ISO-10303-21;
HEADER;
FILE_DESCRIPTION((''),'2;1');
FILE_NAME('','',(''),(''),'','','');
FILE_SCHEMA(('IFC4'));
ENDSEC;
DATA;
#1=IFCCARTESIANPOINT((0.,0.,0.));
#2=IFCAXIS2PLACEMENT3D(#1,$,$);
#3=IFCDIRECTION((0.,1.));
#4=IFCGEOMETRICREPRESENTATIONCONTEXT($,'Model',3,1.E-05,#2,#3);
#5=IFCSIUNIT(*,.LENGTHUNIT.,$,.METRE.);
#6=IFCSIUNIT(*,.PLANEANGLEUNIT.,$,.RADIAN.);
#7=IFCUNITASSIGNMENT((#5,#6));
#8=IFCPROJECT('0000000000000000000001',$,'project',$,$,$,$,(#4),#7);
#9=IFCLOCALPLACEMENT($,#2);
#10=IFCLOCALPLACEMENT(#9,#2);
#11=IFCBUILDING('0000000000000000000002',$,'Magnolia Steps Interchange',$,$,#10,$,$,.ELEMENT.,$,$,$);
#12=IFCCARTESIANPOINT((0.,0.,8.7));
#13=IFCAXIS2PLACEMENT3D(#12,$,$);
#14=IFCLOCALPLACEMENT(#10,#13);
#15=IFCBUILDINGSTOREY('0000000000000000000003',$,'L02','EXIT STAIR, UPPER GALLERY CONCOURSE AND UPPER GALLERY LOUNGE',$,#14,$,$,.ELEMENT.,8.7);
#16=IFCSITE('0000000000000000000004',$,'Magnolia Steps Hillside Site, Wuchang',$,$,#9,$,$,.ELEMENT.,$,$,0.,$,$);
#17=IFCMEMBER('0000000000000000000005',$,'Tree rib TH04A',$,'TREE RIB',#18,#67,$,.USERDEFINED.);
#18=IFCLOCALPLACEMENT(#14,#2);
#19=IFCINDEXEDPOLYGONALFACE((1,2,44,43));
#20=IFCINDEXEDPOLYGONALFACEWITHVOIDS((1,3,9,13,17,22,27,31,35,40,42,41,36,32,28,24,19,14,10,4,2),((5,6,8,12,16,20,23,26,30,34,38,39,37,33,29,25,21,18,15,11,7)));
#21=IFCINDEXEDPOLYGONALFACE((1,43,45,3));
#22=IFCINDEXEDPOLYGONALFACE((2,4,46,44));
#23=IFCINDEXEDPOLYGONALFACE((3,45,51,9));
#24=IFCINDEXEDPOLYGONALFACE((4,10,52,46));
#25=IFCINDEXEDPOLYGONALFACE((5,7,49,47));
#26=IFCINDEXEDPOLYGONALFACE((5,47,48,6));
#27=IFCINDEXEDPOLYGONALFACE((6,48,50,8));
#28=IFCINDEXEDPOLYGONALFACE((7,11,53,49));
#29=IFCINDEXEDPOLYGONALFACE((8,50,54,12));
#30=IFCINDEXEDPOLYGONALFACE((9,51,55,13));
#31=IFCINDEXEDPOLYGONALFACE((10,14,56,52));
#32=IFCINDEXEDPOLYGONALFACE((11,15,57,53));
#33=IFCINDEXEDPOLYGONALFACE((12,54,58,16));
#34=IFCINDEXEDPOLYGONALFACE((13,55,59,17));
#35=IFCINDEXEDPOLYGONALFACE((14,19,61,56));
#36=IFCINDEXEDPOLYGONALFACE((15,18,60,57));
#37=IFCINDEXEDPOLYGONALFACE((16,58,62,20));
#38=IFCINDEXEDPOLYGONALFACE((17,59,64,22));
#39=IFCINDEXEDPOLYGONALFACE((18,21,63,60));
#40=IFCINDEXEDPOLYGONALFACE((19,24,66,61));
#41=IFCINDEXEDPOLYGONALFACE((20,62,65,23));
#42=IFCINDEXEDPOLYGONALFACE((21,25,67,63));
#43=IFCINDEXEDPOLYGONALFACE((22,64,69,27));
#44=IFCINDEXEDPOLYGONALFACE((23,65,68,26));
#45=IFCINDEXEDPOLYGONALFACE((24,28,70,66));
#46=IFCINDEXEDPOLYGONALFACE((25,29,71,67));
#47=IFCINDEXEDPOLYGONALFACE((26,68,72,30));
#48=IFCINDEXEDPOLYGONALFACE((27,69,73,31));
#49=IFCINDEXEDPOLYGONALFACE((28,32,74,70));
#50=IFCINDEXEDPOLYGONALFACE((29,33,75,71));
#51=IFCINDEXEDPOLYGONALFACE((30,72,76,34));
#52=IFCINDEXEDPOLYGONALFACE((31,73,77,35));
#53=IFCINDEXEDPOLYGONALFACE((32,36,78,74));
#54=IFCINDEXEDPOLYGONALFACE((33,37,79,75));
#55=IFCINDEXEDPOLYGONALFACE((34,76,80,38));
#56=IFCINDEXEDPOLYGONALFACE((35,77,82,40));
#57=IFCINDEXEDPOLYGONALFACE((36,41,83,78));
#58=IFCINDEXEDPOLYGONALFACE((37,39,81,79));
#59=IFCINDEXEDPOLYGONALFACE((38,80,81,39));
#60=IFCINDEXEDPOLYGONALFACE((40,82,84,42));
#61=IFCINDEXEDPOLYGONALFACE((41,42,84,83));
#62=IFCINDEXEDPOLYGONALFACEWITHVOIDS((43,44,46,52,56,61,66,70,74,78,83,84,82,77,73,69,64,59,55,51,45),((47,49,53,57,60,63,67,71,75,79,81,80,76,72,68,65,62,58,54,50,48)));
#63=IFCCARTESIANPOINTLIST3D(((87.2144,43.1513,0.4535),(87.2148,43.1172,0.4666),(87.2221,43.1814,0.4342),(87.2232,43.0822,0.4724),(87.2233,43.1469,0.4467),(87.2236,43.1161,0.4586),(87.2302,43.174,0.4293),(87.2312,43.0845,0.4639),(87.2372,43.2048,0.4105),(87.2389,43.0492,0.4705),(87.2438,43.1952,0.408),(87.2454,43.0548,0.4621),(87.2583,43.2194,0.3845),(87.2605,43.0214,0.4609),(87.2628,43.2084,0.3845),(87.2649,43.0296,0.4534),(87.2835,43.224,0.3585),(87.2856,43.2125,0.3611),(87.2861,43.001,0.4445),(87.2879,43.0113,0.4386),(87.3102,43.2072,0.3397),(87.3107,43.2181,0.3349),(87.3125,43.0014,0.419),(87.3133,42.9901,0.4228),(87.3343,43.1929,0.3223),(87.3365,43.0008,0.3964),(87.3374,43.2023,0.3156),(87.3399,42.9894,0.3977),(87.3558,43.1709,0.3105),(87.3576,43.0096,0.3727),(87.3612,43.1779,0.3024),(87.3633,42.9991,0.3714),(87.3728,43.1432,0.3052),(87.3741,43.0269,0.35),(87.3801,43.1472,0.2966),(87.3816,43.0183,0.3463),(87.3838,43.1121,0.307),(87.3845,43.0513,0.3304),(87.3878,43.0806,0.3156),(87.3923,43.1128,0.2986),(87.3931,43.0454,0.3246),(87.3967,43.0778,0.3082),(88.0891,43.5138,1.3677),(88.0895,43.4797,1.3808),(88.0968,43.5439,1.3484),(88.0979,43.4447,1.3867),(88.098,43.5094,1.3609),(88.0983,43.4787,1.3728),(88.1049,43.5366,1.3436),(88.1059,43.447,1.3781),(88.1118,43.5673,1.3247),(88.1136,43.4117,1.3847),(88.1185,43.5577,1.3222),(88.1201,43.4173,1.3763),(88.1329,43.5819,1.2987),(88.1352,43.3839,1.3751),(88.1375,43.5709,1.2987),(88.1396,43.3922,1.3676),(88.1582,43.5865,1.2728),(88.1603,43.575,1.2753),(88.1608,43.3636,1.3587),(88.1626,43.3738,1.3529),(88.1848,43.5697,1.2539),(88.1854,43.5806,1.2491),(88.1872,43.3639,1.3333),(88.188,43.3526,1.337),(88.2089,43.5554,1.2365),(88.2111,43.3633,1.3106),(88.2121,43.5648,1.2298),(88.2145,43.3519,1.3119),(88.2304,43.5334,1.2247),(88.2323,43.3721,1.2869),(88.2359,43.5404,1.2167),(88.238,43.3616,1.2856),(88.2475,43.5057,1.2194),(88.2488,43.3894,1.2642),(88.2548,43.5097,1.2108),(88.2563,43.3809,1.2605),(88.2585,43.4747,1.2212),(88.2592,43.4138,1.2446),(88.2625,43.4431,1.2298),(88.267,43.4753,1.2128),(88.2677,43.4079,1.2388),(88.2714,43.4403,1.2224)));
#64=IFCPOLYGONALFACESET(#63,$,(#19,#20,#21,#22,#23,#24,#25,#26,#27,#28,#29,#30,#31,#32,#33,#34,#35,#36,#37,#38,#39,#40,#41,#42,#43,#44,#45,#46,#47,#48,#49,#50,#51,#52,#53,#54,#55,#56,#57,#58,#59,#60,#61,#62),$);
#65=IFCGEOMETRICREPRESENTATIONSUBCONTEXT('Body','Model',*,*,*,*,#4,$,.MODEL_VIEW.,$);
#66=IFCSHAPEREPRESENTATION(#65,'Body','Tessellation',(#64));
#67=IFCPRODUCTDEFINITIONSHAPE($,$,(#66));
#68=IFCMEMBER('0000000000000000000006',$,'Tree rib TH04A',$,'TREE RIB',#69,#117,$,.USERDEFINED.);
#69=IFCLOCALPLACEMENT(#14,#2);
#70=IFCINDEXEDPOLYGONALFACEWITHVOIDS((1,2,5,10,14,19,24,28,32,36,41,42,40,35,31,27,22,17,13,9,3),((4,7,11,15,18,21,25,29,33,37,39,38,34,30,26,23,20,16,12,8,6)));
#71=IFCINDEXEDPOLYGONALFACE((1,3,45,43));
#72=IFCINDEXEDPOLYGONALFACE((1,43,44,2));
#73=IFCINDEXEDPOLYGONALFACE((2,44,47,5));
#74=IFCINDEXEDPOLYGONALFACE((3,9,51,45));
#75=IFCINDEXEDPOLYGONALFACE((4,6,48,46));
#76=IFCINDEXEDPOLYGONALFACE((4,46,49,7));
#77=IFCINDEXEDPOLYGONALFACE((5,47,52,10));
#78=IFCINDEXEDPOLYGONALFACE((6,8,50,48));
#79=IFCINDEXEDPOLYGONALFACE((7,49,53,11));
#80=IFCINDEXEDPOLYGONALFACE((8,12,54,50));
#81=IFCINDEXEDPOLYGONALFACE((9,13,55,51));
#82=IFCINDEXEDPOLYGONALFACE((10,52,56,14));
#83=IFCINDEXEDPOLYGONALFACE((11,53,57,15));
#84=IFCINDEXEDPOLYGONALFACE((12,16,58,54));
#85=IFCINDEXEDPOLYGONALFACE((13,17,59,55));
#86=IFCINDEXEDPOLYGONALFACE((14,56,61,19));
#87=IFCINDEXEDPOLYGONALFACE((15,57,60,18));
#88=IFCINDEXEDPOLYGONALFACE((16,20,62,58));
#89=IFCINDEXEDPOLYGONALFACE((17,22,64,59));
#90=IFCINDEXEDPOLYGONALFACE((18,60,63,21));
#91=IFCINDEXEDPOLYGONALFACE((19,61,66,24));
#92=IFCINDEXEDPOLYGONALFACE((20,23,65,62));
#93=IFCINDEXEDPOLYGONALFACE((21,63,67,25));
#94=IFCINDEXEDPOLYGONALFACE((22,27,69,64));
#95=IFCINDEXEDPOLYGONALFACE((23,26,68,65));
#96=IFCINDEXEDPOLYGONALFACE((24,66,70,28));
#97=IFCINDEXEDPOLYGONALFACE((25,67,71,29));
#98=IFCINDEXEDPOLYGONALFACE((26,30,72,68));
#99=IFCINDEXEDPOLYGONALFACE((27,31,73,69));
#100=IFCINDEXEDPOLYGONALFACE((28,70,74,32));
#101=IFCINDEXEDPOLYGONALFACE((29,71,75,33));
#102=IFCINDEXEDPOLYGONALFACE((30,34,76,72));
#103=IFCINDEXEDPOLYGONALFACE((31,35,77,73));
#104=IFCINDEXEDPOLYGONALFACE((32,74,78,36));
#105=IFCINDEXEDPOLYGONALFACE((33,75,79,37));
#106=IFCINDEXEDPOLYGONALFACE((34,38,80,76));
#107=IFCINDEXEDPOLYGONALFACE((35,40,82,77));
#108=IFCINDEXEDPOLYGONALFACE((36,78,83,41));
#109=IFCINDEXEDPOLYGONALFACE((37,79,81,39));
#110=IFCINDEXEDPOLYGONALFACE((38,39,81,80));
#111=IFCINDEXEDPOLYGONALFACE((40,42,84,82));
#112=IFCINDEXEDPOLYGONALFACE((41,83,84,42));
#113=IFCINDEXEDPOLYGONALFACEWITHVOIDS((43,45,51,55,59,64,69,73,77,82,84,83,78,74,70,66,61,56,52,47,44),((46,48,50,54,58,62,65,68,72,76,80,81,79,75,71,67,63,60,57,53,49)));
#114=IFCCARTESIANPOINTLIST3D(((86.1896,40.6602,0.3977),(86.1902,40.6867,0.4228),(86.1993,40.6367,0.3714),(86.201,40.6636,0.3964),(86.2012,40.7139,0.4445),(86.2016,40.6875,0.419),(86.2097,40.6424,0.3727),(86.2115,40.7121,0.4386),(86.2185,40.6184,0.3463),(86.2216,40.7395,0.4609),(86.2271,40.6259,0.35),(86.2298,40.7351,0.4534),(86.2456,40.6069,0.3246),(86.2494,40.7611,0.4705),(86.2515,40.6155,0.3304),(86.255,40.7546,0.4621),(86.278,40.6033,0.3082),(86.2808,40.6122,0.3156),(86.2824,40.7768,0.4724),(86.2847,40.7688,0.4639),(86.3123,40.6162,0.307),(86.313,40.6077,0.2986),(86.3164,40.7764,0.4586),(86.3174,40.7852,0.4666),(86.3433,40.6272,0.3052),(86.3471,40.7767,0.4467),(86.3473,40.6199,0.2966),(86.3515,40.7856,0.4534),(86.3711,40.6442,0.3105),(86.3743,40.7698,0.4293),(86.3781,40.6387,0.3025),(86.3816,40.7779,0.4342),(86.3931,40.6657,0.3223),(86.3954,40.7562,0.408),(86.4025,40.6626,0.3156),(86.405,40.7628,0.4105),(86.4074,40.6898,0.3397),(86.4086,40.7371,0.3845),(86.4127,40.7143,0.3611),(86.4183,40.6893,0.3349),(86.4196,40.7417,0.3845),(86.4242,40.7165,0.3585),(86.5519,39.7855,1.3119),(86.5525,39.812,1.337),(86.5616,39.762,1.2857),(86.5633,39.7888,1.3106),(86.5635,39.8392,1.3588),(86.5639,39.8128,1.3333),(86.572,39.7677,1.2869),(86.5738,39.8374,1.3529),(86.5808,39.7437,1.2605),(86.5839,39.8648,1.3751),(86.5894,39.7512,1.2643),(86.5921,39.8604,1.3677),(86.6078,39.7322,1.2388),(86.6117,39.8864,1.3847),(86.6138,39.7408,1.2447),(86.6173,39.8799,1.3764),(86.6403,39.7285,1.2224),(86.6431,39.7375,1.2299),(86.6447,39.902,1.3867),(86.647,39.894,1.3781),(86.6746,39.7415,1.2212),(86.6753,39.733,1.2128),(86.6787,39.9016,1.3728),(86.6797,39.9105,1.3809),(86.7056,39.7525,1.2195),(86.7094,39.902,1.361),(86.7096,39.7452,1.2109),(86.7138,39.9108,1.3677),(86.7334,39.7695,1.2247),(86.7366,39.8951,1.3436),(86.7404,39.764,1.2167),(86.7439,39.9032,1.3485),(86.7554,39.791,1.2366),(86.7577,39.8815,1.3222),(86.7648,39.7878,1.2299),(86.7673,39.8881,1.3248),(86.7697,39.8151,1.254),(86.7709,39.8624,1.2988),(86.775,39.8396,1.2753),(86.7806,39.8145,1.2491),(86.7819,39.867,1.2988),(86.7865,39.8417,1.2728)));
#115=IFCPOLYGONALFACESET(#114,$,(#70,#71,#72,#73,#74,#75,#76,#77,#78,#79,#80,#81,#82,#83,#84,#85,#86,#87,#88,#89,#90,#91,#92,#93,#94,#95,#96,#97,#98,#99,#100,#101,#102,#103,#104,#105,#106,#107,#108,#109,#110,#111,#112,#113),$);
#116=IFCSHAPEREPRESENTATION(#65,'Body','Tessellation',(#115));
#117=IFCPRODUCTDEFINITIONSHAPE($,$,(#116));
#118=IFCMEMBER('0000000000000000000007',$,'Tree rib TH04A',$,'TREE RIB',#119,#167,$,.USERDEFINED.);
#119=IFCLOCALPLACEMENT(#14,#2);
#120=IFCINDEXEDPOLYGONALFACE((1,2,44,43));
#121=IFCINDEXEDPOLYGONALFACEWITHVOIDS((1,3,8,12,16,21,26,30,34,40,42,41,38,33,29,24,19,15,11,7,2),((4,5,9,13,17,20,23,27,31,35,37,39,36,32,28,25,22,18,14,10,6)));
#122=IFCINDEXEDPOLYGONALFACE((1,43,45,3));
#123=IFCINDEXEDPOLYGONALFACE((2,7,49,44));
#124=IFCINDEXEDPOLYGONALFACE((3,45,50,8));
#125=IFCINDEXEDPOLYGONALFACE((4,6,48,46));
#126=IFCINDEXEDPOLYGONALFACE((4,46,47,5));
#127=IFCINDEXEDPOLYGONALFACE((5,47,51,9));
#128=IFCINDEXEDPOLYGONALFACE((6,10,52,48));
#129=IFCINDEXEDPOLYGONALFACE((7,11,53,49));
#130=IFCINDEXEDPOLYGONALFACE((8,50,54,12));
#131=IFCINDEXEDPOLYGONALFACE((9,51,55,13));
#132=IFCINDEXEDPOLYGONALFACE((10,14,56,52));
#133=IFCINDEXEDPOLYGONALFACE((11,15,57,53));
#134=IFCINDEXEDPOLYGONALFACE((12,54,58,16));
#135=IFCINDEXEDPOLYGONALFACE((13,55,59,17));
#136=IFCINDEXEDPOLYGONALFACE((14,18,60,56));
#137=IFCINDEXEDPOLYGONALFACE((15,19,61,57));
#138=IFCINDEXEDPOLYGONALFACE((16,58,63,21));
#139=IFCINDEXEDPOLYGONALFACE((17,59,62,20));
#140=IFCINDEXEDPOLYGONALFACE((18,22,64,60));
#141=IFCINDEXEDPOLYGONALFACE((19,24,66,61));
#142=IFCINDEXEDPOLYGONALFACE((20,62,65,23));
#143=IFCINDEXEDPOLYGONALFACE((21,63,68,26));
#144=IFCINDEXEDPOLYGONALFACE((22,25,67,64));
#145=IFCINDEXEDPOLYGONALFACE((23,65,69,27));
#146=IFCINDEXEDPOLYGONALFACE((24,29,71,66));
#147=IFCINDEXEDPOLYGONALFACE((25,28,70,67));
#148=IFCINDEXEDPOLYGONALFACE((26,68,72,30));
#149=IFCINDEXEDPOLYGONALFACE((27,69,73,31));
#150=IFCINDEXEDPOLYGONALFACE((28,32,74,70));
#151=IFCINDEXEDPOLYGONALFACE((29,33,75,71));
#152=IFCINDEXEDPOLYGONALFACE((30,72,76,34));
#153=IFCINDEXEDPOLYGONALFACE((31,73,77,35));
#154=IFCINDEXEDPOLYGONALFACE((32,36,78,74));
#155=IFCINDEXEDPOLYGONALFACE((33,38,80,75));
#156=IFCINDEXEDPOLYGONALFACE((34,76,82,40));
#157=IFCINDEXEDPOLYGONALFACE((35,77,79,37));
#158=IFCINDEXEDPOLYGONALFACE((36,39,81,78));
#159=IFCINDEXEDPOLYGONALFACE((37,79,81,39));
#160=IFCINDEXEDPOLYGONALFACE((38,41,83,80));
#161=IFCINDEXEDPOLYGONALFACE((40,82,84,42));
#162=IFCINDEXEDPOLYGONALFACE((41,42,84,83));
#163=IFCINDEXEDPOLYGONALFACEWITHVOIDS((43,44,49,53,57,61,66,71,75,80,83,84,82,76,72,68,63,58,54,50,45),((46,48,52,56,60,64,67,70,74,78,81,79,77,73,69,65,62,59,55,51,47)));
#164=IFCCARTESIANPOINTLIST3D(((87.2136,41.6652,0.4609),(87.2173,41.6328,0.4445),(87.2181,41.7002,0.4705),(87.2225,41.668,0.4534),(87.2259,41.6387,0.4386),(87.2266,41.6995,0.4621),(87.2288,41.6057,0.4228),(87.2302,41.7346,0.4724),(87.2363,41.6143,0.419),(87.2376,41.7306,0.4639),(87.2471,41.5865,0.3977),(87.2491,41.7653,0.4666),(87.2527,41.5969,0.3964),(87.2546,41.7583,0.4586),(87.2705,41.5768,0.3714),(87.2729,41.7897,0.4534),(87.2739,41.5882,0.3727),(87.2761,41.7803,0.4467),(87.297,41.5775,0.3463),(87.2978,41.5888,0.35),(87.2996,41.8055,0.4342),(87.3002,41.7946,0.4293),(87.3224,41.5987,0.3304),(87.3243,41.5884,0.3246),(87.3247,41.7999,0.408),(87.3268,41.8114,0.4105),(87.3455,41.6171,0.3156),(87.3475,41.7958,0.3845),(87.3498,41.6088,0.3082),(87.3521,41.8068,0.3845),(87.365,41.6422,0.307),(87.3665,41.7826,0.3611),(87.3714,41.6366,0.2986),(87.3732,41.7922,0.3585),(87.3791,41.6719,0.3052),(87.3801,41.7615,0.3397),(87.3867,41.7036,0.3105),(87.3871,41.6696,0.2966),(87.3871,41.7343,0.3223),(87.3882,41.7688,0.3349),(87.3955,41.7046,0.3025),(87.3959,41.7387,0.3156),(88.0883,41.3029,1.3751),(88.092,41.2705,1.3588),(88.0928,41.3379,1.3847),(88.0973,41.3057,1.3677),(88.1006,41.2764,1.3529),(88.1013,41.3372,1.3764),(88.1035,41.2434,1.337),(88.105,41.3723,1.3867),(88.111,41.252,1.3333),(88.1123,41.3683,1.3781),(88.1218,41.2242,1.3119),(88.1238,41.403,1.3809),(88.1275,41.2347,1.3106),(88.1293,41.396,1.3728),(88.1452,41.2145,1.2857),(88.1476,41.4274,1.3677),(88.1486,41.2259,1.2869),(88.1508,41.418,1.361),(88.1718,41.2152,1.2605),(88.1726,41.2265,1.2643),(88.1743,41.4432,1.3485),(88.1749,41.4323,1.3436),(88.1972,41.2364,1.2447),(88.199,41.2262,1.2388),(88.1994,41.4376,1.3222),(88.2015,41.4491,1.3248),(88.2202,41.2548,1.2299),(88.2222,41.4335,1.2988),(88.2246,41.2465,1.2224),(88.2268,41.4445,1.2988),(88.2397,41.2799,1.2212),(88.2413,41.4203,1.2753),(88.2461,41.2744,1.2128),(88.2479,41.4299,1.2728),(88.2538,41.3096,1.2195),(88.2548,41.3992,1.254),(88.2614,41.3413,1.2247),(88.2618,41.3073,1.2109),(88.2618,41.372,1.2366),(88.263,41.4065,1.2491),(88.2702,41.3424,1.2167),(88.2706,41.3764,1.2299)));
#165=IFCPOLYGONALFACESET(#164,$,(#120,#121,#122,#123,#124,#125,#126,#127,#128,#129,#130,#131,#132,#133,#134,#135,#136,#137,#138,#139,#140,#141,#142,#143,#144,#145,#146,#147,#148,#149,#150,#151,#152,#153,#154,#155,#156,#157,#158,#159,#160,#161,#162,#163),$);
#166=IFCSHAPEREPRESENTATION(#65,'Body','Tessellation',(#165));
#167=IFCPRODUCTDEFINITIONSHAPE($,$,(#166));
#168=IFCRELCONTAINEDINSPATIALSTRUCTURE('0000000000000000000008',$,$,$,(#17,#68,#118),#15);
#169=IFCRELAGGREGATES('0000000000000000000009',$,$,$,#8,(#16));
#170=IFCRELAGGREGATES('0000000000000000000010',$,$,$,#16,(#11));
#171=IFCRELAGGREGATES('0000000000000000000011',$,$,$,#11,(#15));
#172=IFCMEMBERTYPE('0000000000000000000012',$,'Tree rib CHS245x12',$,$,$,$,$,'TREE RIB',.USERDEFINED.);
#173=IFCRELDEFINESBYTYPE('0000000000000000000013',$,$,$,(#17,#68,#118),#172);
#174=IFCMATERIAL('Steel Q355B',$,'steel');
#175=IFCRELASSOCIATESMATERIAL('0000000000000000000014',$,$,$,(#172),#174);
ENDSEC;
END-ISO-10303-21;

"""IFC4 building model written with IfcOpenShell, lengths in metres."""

from ifc_helpers import new_model, si_unit, direction, frame, origin, origin_2d, place, context, subcontext, project, spatial, hollow_circle, extrude, material, material_profile, profile_set, type_object, element, save


model = new_model("IFC4")

# Units and contexts
model_context = context("Model", 3, precision=1e-05, world=origin(), true_north=direction((0.0, 1.0)))
body_context = subcontext(model_context, "Body", "Model", "MODEL_VIEW")
ifc_project = project(units=[si_unit("LENGTHUNIT", "METRE"), si_unit("PLANEANGLEUNIT", "RADIAN")], contexts=[model_context])

# Site, building, storey
site_placement = place(None, origin())
site = spatial("IfcSite", under=ifc_project, at=site_placement, Name="Magnolia Steps Hillside Site, Wuchang", CompositionType="ELEMENT", RefElevation=0.0)
building_placement = place(site_placement, origin())
building = spatial("IfcBuilding", under=site, at=building_placement, Name="Magnolia Steps Interchange", CompositionType="ELEMENT")
storey_placement = place(building_placement, frame((0.0, 0.0, 8.7)))
storey = spatial("IfcBuildingStorey", under=building, at=storey_placement, Name="L02", Description="EXIT STAIR, UPPER GALLERY CONCOURSE AND UPPER GALLERY LOUNGE", CompositionType="ELEMENT", Elevation=8.7)

# Members
ifc_material_1 = material(Name="Steel Q355B", Category="steel")
ifc_material_profile_1 = material_profile(ifc_material_1, hollow_circle(Radius=0.1226, WallThickness=0.012, at=origin_2d()), Name="CHS245x12")
ifc_profile_set_1 = profile_set([ifc_material_profile_1], Name="Steel Q355B")
member_type = type_object("IfcMemberType", Name="Tree rib CHS245x12", ElementType="TREE RIB", PredefinedType="USERDEFINED", material=ifc_profile_set_1)
for number, where, z_axis, x_axis, name in (
    (1, (87.3052, 43.1062, 0.3845), (0.664566, 0.275434, 0.694613), (-0.382876, 0.9238, 0.0), "Tree rib TH04A"),
    (2, (86.3064, 40.6948, 0.3845), (0.275263, -0.6646, 0.694649), (0.923891, 0.382655, 0.0), "Tree rib TH04A"),
    (3, (87.3052, 41.6936, 0.3845), (0.6646, -0.275263, 0.694649), (0.382655, 0.923891, 0.0), "Tree rib TH04A"),
):
    element("IfcMember", number, at=place(storey_placement, frame(where, z_axis=z_axis, x_axis=x_axis)), inside=storey, type_object=member_type, Name=name, ObjectType="TREE RIB", PredefinedType="USERDEFINED", context=body_context, shape_type="SweptSolid", body=[
        extrude(hollow_circle(Radius=0.1226, WallThickness=0.012, at=origin_2d()), origin(), (0.0, 0.0, 1.0), 1.3162),
    ])

save(model, "model.ifc")
